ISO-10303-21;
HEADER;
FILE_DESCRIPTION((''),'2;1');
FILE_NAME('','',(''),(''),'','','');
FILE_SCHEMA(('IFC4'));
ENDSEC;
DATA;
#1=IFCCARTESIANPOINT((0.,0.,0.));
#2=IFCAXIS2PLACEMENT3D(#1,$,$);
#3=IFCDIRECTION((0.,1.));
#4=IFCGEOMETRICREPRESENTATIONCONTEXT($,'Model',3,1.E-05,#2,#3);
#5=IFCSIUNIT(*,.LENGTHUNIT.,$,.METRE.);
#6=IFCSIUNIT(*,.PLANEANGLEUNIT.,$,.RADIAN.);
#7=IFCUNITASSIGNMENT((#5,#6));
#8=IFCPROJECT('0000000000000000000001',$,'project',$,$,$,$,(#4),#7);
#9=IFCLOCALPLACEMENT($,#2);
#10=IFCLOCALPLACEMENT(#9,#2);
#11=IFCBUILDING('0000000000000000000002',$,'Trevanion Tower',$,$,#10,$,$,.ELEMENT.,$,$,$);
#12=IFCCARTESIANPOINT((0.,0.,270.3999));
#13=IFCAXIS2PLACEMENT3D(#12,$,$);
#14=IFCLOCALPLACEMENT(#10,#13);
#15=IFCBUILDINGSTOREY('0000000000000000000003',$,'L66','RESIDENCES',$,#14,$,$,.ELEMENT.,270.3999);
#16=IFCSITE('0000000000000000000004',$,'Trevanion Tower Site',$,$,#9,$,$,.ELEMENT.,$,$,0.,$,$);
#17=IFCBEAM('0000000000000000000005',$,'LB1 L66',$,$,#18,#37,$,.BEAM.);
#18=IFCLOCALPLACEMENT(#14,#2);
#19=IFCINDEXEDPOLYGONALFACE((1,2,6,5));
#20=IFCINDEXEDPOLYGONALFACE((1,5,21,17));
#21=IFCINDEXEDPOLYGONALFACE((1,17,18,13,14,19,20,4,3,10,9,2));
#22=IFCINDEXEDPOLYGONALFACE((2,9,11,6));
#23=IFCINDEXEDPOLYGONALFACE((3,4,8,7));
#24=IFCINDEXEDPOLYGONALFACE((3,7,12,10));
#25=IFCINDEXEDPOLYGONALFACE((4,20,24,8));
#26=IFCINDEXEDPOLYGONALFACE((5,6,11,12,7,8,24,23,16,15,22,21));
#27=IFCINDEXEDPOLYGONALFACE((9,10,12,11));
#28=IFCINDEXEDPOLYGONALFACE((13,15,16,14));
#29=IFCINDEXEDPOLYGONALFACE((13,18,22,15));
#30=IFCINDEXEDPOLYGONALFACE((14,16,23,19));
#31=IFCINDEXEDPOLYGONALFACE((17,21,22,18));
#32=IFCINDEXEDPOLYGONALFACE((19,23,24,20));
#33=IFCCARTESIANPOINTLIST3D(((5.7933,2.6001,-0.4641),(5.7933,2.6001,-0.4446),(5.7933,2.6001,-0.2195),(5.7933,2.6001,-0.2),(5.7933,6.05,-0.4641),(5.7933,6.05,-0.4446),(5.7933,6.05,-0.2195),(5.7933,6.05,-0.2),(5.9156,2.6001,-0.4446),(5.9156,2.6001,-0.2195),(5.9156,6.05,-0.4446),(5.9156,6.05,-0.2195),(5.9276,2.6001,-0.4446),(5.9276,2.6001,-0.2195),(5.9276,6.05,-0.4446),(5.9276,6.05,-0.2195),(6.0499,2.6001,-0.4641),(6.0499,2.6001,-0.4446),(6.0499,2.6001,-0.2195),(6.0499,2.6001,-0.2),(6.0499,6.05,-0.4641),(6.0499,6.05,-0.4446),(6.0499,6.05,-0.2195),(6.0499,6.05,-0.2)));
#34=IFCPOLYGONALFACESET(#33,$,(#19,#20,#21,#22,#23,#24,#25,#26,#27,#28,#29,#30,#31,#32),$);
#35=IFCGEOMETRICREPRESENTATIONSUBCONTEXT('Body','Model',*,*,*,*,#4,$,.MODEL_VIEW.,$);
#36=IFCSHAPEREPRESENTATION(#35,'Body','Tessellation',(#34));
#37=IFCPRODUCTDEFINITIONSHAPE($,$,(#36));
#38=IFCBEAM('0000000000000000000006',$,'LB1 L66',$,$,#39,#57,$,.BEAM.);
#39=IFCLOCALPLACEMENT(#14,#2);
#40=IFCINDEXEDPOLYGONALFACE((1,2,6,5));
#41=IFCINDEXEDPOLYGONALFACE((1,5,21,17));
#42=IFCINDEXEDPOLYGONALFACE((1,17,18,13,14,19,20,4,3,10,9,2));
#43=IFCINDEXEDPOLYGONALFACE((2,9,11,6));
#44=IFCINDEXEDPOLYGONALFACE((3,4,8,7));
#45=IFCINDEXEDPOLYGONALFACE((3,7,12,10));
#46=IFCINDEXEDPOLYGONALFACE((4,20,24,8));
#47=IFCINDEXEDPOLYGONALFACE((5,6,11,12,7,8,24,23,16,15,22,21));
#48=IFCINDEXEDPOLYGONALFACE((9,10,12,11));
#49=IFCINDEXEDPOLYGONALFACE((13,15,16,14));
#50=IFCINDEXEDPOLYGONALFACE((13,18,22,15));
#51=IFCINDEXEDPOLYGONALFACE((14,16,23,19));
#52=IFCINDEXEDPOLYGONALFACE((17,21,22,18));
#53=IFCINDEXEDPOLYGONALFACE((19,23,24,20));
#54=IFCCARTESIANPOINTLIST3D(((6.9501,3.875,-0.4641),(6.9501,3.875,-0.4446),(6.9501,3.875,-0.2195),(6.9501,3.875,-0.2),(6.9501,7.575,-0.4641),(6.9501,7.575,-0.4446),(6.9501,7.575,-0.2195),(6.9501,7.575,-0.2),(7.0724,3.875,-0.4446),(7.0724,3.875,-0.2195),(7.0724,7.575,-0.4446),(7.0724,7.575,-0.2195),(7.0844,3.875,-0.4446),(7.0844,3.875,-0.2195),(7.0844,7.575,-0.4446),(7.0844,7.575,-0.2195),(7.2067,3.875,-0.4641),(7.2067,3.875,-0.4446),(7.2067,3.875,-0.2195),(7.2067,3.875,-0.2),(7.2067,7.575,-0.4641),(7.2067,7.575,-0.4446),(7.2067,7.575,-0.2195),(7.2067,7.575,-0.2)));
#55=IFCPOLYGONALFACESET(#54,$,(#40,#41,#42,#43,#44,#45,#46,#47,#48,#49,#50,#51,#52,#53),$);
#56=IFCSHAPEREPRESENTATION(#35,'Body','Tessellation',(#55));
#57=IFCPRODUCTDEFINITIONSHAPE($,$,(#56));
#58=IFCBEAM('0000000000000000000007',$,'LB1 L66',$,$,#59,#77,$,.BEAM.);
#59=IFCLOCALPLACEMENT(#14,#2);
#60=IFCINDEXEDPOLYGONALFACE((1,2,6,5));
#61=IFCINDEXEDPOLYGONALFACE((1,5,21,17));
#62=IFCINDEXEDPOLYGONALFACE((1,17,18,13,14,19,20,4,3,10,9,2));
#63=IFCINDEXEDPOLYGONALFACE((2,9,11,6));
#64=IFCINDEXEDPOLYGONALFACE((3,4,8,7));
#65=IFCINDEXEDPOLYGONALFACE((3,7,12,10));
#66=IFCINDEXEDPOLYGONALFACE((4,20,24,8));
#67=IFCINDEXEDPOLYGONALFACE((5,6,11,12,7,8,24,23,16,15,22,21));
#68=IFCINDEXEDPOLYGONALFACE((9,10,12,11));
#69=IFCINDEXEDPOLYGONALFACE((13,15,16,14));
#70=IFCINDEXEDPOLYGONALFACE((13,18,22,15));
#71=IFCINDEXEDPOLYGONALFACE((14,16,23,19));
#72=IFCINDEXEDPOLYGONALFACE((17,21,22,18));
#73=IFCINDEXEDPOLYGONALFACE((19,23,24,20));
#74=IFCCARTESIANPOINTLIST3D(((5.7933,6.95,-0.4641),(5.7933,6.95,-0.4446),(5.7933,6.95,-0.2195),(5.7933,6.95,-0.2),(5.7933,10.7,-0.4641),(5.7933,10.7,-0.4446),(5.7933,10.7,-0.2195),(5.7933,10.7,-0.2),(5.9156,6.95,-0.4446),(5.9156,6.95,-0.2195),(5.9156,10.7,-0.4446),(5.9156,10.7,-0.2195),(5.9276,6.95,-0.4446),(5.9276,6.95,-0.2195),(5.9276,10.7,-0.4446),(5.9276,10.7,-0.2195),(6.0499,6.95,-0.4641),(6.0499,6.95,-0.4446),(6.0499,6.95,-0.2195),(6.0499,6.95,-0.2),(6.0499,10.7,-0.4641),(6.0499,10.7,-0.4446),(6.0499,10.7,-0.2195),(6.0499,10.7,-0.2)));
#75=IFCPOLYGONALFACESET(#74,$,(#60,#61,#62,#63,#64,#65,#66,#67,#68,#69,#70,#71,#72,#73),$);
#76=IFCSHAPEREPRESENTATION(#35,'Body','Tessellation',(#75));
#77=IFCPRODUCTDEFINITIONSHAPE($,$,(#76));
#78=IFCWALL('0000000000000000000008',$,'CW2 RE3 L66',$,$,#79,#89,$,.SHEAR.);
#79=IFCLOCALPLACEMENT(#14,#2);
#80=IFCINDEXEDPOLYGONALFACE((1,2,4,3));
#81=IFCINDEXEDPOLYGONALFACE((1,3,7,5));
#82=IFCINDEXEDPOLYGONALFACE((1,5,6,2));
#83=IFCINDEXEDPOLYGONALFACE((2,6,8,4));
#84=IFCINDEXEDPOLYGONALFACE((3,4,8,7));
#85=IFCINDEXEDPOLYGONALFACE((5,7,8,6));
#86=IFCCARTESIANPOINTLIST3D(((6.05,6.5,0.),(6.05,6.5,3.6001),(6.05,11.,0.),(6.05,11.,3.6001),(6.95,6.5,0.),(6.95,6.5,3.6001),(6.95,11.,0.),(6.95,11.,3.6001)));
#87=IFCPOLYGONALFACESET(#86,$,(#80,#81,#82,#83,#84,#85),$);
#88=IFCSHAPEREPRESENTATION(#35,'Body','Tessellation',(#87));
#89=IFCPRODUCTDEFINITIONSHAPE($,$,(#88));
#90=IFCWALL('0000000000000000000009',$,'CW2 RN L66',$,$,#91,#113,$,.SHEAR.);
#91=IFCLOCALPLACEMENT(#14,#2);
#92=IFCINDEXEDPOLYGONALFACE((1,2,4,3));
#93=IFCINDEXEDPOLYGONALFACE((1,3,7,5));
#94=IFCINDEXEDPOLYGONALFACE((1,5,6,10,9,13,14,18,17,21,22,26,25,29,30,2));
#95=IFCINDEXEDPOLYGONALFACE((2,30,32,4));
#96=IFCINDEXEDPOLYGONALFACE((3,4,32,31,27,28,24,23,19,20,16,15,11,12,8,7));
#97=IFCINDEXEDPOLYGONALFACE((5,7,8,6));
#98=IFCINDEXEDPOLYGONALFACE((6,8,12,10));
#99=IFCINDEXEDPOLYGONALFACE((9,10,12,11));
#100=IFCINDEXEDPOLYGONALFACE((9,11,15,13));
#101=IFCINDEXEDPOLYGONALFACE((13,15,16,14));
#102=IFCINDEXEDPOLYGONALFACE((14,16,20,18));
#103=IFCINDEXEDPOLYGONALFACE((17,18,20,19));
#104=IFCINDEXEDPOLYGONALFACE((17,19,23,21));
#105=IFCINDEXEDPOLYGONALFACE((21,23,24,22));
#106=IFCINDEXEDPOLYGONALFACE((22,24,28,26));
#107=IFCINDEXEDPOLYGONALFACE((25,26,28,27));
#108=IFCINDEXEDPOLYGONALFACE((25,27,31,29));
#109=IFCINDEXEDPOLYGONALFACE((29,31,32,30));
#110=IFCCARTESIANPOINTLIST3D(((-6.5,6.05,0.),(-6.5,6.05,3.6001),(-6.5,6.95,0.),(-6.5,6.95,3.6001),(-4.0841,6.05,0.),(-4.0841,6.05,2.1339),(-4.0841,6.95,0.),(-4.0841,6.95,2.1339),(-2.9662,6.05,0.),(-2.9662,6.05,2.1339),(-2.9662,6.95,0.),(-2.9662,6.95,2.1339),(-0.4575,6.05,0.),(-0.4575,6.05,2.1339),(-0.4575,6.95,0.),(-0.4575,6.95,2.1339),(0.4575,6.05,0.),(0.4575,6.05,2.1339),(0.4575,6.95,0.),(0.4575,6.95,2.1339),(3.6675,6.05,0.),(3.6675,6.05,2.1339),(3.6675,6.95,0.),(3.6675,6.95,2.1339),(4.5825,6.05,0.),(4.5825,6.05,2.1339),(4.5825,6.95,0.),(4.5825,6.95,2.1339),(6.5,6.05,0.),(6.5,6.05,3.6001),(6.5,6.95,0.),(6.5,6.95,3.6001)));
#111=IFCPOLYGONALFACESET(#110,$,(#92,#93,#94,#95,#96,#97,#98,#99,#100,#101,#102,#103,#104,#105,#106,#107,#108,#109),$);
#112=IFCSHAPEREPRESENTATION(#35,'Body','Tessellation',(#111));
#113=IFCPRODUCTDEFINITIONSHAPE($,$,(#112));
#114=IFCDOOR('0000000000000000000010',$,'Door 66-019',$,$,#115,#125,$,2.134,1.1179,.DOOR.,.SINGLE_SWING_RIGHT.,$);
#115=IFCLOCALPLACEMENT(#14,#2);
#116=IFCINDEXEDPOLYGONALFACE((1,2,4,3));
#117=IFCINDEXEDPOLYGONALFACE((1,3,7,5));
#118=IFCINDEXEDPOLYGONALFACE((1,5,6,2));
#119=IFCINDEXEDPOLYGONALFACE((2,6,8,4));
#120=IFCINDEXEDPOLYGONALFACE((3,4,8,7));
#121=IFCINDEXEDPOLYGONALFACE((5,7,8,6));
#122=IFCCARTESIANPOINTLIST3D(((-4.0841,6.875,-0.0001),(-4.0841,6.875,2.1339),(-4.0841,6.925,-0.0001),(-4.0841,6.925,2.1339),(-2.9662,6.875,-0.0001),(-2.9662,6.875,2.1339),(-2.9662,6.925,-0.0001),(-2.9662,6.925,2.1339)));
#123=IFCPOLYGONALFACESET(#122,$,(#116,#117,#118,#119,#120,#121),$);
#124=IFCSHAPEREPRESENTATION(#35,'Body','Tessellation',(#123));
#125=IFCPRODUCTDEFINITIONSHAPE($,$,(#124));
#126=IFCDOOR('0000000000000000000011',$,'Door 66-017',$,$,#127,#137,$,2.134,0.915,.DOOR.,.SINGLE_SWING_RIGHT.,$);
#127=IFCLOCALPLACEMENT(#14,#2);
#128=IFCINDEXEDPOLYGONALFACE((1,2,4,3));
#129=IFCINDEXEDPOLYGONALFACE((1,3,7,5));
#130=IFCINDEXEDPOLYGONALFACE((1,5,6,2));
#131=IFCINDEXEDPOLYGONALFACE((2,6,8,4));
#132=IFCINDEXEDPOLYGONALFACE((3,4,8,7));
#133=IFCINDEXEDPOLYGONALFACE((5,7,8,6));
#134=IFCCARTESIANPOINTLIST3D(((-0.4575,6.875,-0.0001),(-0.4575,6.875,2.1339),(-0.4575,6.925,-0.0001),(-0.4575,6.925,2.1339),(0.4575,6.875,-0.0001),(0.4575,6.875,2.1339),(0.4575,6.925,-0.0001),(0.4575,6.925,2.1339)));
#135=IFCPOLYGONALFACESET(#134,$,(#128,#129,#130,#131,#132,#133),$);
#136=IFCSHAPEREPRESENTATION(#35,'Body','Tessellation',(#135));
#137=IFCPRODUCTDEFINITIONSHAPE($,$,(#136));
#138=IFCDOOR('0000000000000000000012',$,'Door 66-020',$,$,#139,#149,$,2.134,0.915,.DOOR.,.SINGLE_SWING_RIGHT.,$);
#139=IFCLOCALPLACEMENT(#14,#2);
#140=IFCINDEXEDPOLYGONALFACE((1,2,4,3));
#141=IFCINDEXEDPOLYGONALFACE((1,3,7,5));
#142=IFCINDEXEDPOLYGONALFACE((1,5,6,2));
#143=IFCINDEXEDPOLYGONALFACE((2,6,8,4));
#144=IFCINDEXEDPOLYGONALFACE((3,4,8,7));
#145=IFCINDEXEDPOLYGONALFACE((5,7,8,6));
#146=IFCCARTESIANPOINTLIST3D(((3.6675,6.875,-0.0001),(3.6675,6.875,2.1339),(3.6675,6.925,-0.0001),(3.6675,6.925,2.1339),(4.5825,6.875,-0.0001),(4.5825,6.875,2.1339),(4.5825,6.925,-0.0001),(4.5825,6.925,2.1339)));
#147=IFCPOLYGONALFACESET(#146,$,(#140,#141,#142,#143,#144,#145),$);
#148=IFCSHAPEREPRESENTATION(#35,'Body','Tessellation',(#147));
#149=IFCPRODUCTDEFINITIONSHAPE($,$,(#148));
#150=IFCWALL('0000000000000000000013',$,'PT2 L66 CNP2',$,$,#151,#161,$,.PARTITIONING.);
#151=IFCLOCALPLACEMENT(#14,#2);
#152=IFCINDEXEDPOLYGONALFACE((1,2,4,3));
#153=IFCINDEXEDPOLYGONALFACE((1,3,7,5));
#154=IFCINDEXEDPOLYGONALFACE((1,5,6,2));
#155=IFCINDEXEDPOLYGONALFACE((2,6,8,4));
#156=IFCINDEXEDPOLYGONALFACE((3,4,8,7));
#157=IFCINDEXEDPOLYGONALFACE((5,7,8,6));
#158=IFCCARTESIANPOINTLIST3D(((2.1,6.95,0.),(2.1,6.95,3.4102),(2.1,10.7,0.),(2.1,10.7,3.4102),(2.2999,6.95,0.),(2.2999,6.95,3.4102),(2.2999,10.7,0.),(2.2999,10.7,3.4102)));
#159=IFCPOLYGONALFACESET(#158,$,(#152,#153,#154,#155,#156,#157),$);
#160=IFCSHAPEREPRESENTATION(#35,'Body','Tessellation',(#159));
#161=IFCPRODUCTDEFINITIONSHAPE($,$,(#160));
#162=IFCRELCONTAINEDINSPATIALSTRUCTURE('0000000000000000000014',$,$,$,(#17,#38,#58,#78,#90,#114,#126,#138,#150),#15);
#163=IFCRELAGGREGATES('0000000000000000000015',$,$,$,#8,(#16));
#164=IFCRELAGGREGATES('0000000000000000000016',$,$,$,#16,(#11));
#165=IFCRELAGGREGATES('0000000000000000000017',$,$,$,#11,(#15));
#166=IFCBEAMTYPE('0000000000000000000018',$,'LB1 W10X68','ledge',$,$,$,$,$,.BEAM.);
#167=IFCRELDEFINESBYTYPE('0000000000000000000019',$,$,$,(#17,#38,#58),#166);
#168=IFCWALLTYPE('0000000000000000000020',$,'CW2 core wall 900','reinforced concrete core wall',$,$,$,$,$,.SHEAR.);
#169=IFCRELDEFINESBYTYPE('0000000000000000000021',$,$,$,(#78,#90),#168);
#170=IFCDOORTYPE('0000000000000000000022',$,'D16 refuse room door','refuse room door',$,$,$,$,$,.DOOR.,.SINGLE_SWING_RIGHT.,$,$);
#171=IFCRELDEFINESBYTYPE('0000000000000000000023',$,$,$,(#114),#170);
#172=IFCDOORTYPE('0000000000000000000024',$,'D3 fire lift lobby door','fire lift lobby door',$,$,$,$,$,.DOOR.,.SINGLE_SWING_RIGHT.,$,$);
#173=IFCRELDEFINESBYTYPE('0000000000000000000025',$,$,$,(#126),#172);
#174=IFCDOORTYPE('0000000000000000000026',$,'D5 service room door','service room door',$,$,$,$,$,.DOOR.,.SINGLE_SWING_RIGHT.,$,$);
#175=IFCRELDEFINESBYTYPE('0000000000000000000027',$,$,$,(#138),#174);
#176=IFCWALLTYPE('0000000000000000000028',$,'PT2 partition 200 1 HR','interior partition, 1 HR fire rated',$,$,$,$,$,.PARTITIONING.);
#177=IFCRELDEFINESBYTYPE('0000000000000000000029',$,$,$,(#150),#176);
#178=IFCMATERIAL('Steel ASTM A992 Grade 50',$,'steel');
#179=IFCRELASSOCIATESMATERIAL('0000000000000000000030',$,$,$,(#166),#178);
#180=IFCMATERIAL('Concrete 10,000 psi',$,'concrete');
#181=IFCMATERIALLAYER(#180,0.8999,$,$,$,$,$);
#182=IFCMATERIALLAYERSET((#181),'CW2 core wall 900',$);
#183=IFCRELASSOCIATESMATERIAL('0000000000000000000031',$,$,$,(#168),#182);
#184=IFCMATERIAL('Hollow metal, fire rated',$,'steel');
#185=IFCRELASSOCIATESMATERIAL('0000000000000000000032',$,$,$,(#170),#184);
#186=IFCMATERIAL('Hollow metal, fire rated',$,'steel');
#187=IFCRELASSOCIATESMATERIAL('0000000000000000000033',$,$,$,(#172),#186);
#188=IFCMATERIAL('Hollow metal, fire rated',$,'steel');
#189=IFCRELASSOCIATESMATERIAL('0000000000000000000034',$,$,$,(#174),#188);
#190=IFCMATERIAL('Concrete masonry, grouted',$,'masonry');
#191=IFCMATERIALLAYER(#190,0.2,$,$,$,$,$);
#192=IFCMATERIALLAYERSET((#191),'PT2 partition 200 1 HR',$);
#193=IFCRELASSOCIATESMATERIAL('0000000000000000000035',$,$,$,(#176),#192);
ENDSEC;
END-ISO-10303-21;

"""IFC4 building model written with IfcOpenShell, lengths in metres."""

from ifc_helpers import new_model, si_unit, direction, frame, frame_2d, origin, origin_2d, place, context, subcontext, project, spatial, rectangle, i_section, extrude, material, layer, layer_set, material_profile, profile_set, type_object, element, fill, save


model = new_model("IFC4")

# Units and contexts
model_context = context("Model", 3, precision=1e-05, world=origin(), true_north=direction((0.0, 1.0)))
body_context = subcontext(model_context, "Body", "Model", "MODEL_VIEW")
ifc_project = project(units=[si_unit("LENGTHUNIT", "METRE"), si_unit("PLANEANGLEUNIT", "RADIAN")], contexts=[model_context])

# Site, building, storey
site_placement = place(None, origin())
site = spatial("IfcSite", under=ifc_project, at=site_placement, Name="Trevanion Tower Site", CompositionType="ELEMENT", RefElevation=0.0)
building_placement = place(site_placement, origin())
building = spatial("IfcBuilding", under=site, at=building_placement, Name="Trevanion Tower", CompositionType="ELEMENT")
storey_placement = place(building_placement, frame((0.0, 0.0, 270.3999)))
storey = spatial("IfcBuildingStorey", under=building, at=storey_placement, Name="L66", Description="RESIDENCES", CompositionType="ELEMENT", Elevation=270.3999)

# Beams
ifc_material_1 = material(Name="Steel ASTM A992 Grade 50", Category="steel")
ifc_material_profile = material_profile(ifc_material_1, i_section(OverallWidth=0.2566, OverallDepth=0.2642, WebThickness=0.012, FlangeThickness=0.0195, at=origin_2d()), Name="W10X68")
ifc_profile_set = profile_set([ifc_material_profile], Name="Steel ASTM A992 Grade 50")
beam_type = type_object("IfcBeamType", Name="LB1 W10X68", Description="ledge", PredefinedType="BEAM", material=ifc_profile_set)
beam_1_placement = place(storey_placement, frame((5.9216, 2.6001, -0.332), z_axis=(0.0, 1.0, 0.0), x_axis=(-1.0, 0.0, 0.0)))
element("IfcBeam", 1, at=beam_1_placement, inside=storey, type_object=beam_type, Name="LB1 L66", PredefinedType="BEAM", context=body_context, shape_type="SweptSolid", body=[
    extrude(i_section(OverallWidth=0.2566, OverallDepth=0.2642, WebThickness=0.012, FlangeThickness=0.0195, at=origin_2d()), origin(), (0.0, 0.0, 1.0), 3.45),
])
beam_2_placement = place(storey_placement, frame((7.0784, 3.875, -0.332), z_axis=(0.0, 1.0, 0.0), x_axis=(-1.0, 0.0, 0.0)))
element("IfcBeam", 2, at=beam_2_placement, inside=storey, type_object=beam_type, Name="LB1 L66", PredefinedType="BEAM", context=body_context, shape_type="SweptSolid", body=[
    extrude(i_section(OverallWidth=0.2566, OverallDepth=0.2642, WebThickness=0.012, FlangeThickness=0.0195, at=origin_2d()), origin(), (0.0, 0.0, 1.0), 3.7),
])
beam_3_placement = place(storey_placement, frame((5.9216, 6.95, -0.332), z_axis=(0.0, 1.0, 0.0), x_axis=(-1.0, 0.0, 0.0)))
element("IfcBeam", 3, at=beam_3_placement, inside=storey, type_object=beam_type, Name="LB1 L66", PredefinedType="BEAM", context=body_context, shape_type="SweptSolid", body=[
    extrude(i_section(OverallWidth=0.2566, OverallDepth=0.2642, WebThickness=0.012, FlangeThickness=0.0195, at=origin_2d()), origin(), (0.0, 0.0, 1.0), 3.75),
])

# Wall
ifc_material_2 = material(Name="Concrete 10,000 psi", Category="concrete")
ifc_layer_1 = layer(ifc_material_2, 0.8999)
ifc_layer_set_1 = layer_set([ifc_layer_1], Name="CW2 core wall 900")
wall_type_1 = type_object("IfcWallType", Name="CW2 core wall 900", Description="reinforced concrete core wall", PredefinedType="SHEAR", material=ifc_layer_set_1)
wall_1_placement = place(storey_placement, frame((6.5, 6.5, 0.0), z_axis=(0.0, 0.0, 1.0), x_axis=(0.0, 1.0, 0.0)))
element("IfcWall", 4, at=wall_1_placement, inside=storey, type_object=wall_type_1, Name="CW2 RE3 L66", PredefinedType="SHEAR", context=body_context, shape_type="SweptSolid", body=[
    extrude(rectangle(XDim=4.5, YDim=0.8999, at=frame_2d((2.25, 0.0))), origin(), (0.0, 0.0, 1.0), 3.6001),
])

# Wall, openings, doors
wall_2_placement = place(storey_placement, frame((6.5, 6.5, 0.0), z_axis=(0.0, 0.0, 1.0), x_axis=(-1.0, 0.0, 0.0)))
wall_2 = element("IfcWall", 5, at=wall_2_placement, inside=storey, type_object=wall_type_1, Name="CW2 RN L66", PredefinedType="SHEAR", context=body_context, shape_type="SweptSolid", body=[
    extrude(rectangle(XDim=13.0, YDim=0.8999, at=frame_2d((6.5, 0.0))), origin(), (0.0, 0.0, 1.0), 3.6001),
])
opening_1_placement = place(wall_2_placement, frame((6.0425, 0.0, 0.0)))
opening_1 = element("IfcOpeningElement", 6, at=opening_1_placement, cuts=wall_2, PredefinedType="OPENING", context=body_context, shape_type="SweptSolid", body=[
    extrude(rectangle(XDim=0.915, YDim=2.134, at=frame_2d((0.4575, 1.0669))), frame((0.0, 0.46, 0.0), z_axis=(0.0, -1.0, 0.0), x_axis=(1.0, 0.0, 0.0)), (0.0, 0.0, 1.0), 0.9199),
])
opening_2_placement = place(wall_2_placement, frame((9.4661, 0.0, 0.0)))
opening_2 = element("IfcOpeningElement", 7, at=opening_2_placement, cuts=wall_2, PredefinedType="OPENING", context=body_context, shape_type="SweptSolid", body=[
    extrude(rectangle(XDim=1.1179, YDim=2.134, at=frame_2d((0.5591, 1.0669))), frame((0.0, 0.46, 0.0), z_axis=(0.0, -1.0, 0.0), x_axis=(1.0, 0.0, 0.0)), (0.0, 0.0, 1.0), 0.9199),
])
opening_3_placement = place(wall_2_placement, frame((1.9175, 0.0, 0.0)))
opening_3 = element("IfcOpeningElement", 8, at=opening_3_placement, cuts=wall_2, PredefinedType="OPENING", context=body_context, shape_type="SweptSolid", body=[
    extrude(rectangle(XDim=0.915, YDim=2.134, at=frame_2d((0.4575, 1.0669))), frame((0.0, 0.46, 0.0), z_axis=(0.0, -1.0, 0.0), x_axis=(1.0, 0.0, 0.0)), (0.0, 0.0, 1.0), 0.9199),
])
ifc_material_3 = material(Name="Hollow metal, fire rated", Category="steel")
door_type_1 = type_object("IfcDoorType", Name="D16 refuse room door", Description="refuse room door", OperationType="SINGLE_SWING_RIGHT", PredefinedType="DOOR", material=ifc_material_3)
door_1_placement = place(opening_2_placement, origin())
door_1 = element("IfcDoor", 9, at=door_1_placement, inside=storey, type_object=door_type_1, Name="Door 66-019", OperationType="SINGLE_SWING_RIGHT", OverallHeight=2.134, OverallWidth=1.1179, PredefinedType="DOOR", context=body_context, shape_type="SweptSolid", body=[
    extrude(rectangle(XDim=1.1179, YDim=2.134, at=frame_2d((0.5591, 1.0669))), frame((0.0, -0.375, 0.0), z_axis=(0.0, -1.0, 0.0), x_axis=(1.0, 0.0, 0.0)), (0.0, 0.0, 1.0), 0.05),
])
fill(opening_2, door_1)
ifc_material_4 = material(Name="Hollow metal, fire rated", Category="steel")
door_type_2 = type_object("IfcDoorType", Name="D3 fire lift lobby door", Description="fire lift lobby door", OperationType="SINGLE_SWING_RIGHT", PredefinedType="DOOR", material=ifc_material_4)
door_2_placement = place(opening_1_placement, origin())
door_2 = element("IfcDoor", 10, at=door_2_placement, inside=storey, type_object=door_type_2, Name="Door 66-017", OperationType="SINGLE_SWING_RIGHT", OverallHeight=2.134, OverallWidth=0.915, PredefinedType="DOOR", context=body_context, shape_type="SweptSolid", body=[
    extrude(rectangle(XDim=0.915, YDim=2.134, at=frame_2d((0.4575, 1.0669))), frame((0.0, -0.375, 0.0), z_axis=(0.0, -1.0, 0.0), x_axis=(1.0, 0.0, 0.0)), (0.0, 0.0, 1.0), 0.05),
])
fill(opening_1, door_2)
ifc_material_5 = material(Name="Hollow metal, fire rated", Category="steel")
door_type_3 = type_object("IfcDoorType", Name="D5 service room door", Description="service room door", OperationType="SINGLE_SWING_RIGHT", PredefinedType="DOOR", material=ifc_material_5)
door_3_placement = place(opening_3_placement, origin())
door_3 = element("IfcDoor", 11, at=door_3_placement, inside=storey, type_object=door_type_3, Name="Door 66-020", OperationType="SINGLE_SWING_RIGHT", OverallHeight=2.134, OverallWidth=0.915, PredefinedType="DOOR", context=body_context, shape_type="SweptSolid", body=[
    extrude(rectangle(XDim=0.915, YDim=2.134, at=frame_2d((0.4575, 1.0669))), frame((0.0, -0.375, 0.0), z_axis=(0.0, -1.0, 0.0), x_axis=(1.0, 0.0, 0.0)), (0.0, 0.0, 1.0), 0.05),
])
fill(opening_3, door_3)

# Wall
ifc_material_6 = material(Name="Concrete masonry, grouted", Category="masonry")
ifc_layer_2 = layer(ifc_material_6, 0.2)
ifc_layer_set_2 = layer_set([ifc_layer_2], Name="PT2 partition 200 1 HR")
wall_type_2 = type_object("IfcWallType", Name="PT2 partition 200 1 HR", Description="interior partition, 1 HR fire rated", PredefinedType="PARTITIONING", material=ifc_layer_set_2)
wall_3_placement = place(storey_placement, frame((2.2, 6.95, 0.0), z_axis=(0.0, 0.0, 1.0), x_axis=(0.0, 1.0, 0.0)))
element("IfcWall", 12, at=wall_3_placement, inside=storey, type_object=wall_type_2, Name="PT2 L66 CNP2", PredefinedType="PARTITIONING", context=body_context, shape_type="SweptSolid", body=[
    extrude(rectangle(XDim=3.75, YDim=0.2, at=frame_2d((1.875, 0.0))), origin(), (0.0, 0.0, 1.0), 3.4102),
])

save(model, "model.ifc")
